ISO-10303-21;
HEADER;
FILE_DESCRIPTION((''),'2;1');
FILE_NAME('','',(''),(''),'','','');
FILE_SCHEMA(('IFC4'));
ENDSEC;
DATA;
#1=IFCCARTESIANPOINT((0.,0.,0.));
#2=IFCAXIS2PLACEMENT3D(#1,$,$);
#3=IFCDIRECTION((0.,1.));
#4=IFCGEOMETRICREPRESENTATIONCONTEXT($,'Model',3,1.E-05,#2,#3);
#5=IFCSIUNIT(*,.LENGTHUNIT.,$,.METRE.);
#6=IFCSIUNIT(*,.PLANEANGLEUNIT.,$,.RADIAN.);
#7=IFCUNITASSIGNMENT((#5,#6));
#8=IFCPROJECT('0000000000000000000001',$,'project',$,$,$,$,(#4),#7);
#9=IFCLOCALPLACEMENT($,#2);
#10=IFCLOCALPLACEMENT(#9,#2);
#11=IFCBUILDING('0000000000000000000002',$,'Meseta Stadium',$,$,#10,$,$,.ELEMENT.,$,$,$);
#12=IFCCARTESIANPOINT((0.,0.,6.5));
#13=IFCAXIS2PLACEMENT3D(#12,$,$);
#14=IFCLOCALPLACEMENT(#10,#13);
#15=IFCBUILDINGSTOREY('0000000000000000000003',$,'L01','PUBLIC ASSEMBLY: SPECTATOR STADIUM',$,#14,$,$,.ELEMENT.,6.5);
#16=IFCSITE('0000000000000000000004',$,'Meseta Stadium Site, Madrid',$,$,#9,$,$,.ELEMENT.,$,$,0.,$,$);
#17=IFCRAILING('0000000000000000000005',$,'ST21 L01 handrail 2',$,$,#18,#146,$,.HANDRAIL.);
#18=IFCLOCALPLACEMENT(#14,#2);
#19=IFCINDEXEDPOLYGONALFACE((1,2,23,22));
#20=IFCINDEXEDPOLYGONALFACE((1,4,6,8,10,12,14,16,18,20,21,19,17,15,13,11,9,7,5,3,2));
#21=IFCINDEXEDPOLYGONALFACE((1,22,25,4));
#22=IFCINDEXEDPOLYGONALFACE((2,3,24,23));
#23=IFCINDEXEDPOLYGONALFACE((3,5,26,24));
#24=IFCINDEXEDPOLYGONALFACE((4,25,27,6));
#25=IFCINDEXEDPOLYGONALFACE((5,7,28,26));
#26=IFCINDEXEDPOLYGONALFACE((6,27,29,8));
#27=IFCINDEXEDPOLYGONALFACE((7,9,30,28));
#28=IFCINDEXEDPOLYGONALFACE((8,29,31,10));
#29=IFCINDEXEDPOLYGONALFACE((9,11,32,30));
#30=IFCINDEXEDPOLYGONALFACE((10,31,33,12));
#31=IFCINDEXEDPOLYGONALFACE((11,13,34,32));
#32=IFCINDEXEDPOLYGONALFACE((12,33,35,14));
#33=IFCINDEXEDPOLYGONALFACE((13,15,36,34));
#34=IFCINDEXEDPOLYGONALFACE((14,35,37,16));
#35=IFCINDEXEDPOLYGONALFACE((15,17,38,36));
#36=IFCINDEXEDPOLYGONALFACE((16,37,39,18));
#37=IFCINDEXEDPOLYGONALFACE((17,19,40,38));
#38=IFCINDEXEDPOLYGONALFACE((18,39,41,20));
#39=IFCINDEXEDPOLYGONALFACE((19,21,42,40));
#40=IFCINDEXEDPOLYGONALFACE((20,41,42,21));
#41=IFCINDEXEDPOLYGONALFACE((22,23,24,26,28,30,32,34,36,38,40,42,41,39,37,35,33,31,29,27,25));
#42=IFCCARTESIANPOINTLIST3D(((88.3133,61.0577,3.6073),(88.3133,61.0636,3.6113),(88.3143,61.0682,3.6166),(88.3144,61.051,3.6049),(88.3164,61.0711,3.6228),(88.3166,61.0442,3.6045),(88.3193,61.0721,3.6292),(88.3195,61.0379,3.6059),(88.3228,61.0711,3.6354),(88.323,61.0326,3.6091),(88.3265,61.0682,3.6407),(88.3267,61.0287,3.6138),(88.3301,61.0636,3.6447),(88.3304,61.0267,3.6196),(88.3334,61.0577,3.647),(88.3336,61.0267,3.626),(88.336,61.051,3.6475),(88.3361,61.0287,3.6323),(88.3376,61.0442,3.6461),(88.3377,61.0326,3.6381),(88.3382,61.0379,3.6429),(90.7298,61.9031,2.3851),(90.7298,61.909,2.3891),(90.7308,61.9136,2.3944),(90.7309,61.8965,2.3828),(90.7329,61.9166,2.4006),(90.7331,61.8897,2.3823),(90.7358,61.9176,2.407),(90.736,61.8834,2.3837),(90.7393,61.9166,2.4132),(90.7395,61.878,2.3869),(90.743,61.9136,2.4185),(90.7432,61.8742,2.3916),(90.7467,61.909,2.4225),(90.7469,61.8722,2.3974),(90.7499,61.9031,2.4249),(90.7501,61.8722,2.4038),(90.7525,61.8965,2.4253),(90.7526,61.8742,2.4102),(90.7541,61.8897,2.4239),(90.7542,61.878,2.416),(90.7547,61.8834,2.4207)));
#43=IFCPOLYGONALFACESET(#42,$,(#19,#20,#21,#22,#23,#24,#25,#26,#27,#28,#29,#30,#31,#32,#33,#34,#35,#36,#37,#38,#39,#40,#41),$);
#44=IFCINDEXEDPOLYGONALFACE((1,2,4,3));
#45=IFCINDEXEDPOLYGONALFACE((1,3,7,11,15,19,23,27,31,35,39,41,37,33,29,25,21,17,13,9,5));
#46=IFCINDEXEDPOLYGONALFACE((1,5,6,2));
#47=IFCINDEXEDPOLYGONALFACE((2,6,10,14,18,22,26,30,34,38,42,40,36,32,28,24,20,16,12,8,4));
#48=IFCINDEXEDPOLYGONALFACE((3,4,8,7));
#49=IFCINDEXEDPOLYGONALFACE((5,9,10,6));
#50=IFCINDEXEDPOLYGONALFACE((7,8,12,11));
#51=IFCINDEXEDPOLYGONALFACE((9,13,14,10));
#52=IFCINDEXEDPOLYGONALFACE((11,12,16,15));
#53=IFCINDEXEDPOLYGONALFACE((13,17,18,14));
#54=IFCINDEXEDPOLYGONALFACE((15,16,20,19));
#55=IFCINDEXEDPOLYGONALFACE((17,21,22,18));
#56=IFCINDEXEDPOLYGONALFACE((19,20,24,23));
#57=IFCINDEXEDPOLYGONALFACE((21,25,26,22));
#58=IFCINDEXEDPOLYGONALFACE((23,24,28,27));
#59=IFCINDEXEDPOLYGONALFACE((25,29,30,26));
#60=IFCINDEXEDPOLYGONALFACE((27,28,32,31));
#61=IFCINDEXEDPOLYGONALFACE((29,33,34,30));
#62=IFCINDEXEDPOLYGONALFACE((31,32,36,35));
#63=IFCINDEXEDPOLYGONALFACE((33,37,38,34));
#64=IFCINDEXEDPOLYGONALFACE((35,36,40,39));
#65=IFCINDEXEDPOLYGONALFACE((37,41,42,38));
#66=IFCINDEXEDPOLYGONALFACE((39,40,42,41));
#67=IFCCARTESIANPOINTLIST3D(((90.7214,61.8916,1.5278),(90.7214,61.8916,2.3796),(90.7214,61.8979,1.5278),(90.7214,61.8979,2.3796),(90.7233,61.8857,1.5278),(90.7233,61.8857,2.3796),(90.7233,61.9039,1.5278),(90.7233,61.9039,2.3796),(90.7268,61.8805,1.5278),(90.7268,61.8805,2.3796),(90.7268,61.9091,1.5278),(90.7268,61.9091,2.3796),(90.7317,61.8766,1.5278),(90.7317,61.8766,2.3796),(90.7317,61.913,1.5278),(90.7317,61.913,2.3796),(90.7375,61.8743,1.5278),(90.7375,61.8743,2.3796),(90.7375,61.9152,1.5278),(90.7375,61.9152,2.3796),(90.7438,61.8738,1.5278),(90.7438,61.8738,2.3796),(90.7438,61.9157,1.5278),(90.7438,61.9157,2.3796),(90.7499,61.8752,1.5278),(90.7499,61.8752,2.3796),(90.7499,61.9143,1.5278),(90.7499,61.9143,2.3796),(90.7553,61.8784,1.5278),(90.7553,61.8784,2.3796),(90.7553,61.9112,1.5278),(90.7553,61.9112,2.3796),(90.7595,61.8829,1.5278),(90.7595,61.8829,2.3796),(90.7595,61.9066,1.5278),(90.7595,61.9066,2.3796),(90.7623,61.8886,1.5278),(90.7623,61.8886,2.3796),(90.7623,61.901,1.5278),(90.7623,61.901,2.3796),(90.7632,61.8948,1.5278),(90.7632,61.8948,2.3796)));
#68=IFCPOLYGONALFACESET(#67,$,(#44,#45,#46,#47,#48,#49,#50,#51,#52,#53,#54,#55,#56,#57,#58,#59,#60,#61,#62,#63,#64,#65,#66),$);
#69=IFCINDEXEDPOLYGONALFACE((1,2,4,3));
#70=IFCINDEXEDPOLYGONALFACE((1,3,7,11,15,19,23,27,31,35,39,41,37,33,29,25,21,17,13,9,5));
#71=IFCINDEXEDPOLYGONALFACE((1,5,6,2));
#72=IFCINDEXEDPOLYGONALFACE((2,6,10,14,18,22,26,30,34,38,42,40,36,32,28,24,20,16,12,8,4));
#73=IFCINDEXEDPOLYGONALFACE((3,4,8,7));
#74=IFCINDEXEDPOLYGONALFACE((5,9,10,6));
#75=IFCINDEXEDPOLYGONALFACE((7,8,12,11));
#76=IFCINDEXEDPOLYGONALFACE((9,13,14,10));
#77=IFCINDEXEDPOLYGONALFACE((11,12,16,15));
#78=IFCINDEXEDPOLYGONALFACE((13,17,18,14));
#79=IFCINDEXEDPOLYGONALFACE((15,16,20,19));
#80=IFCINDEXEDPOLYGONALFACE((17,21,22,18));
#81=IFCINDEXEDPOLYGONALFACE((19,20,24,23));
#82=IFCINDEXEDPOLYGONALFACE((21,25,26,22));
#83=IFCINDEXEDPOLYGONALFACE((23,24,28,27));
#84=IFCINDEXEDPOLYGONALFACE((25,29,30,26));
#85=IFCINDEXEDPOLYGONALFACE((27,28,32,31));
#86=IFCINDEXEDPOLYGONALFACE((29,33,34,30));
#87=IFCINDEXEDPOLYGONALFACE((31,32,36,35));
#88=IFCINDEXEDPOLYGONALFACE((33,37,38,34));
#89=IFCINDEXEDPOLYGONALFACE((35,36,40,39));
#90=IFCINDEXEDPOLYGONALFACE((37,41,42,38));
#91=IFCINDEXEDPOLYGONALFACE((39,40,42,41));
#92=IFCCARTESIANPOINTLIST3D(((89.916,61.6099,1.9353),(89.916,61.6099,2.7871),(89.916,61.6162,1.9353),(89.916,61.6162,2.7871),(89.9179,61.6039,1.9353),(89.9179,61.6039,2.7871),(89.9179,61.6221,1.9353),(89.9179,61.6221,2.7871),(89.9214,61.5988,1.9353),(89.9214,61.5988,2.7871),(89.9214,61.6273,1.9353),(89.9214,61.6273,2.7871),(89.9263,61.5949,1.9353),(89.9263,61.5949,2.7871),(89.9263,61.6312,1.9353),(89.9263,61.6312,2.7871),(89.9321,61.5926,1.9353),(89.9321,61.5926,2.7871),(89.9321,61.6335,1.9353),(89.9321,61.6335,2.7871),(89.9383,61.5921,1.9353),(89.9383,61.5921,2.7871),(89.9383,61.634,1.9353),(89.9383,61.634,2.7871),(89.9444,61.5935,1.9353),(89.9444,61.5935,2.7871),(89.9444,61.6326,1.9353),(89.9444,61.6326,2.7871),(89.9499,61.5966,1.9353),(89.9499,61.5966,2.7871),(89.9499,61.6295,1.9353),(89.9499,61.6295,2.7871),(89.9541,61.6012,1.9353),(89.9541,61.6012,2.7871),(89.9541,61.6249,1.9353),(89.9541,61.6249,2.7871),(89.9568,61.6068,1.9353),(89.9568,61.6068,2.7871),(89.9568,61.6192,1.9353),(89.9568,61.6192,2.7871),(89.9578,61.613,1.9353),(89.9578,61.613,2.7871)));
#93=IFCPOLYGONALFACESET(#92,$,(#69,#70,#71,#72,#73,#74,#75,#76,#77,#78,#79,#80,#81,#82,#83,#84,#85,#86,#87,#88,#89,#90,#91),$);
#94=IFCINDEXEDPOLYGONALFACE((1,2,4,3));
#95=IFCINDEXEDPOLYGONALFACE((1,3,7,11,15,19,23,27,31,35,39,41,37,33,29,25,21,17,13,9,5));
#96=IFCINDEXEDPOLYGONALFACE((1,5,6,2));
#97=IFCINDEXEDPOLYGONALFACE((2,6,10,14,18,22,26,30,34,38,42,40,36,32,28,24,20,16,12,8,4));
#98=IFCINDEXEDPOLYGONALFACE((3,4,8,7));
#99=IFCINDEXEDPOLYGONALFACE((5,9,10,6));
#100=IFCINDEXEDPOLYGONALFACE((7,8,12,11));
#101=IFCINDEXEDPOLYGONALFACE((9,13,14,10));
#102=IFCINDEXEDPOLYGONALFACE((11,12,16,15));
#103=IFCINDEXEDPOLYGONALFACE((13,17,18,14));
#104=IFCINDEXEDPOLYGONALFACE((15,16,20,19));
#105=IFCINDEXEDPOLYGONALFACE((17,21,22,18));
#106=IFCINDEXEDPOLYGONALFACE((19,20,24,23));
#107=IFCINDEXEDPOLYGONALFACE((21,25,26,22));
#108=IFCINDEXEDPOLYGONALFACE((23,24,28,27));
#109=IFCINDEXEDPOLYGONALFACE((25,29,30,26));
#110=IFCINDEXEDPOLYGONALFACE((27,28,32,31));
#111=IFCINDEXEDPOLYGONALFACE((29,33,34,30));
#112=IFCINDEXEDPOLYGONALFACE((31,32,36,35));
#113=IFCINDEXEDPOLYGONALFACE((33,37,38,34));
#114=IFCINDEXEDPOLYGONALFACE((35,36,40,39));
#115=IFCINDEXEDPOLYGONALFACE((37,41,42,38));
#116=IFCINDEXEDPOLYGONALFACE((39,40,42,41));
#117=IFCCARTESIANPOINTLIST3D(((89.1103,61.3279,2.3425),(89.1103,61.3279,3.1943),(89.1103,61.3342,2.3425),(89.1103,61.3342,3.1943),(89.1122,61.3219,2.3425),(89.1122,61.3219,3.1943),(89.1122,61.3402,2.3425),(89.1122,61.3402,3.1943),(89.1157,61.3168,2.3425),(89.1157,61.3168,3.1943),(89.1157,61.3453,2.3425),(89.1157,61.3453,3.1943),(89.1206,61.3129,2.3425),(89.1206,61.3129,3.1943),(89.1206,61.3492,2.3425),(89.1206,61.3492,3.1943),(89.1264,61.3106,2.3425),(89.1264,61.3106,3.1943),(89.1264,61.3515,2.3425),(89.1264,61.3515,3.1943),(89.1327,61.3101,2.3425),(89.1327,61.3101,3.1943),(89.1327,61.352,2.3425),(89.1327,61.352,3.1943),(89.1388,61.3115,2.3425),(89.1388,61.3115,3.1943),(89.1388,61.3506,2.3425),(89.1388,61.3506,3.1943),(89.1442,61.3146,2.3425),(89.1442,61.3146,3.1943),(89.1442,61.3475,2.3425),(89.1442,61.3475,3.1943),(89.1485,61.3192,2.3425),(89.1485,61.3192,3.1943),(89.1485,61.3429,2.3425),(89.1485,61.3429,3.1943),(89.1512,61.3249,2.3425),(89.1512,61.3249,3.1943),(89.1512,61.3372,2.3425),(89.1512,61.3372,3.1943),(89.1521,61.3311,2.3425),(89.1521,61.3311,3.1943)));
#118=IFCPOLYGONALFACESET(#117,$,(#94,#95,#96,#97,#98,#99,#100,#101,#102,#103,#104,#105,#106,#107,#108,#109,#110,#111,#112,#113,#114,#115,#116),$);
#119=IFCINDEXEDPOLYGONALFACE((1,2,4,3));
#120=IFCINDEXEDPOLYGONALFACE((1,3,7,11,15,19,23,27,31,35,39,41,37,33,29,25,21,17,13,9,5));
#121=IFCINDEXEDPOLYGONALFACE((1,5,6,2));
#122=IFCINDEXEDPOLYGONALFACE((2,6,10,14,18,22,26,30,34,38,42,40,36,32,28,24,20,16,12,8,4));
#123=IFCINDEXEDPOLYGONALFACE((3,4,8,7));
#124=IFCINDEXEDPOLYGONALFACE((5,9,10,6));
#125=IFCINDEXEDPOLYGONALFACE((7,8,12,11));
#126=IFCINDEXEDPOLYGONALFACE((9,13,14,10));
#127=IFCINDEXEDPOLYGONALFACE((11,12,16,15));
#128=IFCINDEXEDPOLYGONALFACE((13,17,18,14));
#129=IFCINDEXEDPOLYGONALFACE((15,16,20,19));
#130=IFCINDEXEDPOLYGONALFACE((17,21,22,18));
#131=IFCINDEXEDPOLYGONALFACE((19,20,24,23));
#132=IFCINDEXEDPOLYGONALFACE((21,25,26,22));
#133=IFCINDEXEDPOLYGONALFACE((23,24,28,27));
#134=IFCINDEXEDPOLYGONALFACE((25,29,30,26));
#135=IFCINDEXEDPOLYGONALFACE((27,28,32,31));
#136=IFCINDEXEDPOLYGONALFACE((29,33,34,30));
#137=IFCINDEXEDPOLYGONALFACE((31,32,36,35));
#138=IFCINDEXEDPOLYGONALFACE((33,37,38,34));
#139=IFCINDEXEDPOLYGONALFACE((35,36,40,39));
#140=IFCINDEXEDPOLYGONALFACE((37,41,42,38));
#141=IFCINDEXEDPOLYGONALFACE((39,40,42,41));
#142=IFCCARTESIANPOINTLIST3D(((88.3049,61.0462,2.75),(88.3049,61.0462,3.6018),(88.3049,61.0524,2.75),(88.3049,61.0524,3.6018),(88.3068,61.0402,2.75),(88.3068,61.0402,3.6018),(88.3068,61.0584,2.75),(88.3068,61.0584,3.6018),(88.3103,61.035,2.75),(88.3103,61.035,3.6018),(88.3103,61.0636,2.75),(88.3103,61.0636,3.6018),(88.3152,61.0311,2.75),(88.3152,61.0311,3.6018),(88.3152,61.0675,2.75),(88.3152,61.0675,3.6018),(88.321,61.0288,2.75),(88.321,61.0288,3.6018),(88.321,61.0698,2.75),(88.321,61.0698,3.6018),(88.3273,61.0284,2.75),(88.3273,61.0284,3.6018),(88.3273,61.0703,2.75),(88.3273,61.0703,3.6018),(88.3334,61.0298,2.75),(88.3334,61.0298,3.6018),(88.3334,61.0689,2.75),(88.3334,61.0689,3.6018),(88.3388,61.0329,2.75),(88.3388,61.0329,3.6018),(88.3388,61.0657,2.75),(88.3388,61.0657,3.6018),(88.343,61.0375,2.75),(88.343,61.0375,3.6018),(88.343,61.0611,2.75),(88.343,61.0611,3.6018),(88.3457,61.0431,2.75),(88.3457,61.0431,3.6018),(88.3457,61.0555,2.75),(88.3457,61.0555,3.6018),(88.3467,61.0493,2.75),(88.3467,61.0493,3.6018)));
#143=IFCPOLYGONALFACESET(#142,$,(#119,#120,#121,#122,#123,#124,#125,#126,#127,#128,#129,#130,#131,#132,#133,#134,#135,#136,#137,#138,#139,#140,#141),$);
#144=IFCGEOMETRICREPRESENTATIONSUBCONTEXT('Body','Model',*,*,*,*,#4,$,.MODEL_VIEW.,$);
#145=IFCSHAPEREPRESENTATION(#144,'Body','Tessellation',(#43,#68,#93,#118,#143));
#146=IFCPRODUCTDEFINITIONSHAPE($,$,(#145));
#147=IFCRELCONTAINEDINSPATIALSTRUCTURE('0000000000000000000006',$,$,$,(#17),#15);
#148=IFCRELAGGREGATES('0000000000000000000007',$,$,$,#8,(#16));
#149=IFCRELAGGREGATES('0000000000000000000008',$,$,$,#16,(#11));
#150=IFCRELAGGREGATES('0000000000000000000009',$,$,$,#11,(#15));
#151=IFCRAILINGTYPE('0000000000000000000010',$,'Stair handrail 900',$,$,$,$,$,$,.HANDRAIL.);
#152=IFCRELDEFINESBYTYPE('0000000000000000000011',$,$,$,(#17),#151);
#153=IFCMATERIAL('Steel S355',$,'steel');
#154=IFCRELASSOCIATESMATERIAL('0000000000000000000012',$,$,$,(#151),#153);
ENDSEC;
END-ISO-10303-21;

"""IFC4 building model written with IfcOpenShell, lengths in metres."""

from ifc_helpers import new_model, si_unit, direction, frame, origin, origin_2d, place, context, subcontext, project, spatial, circle, extrude, material, type_object, element, save


model = new_model("IFC4")

# Units and contexts
model_context = context("Model", 3, precision=1e-05, world=origin(), true_north=direction((0.0, 1.0)))
body_context = subcontext(model_context, "Body", "Model", "MODEL_VIEW")
ifc_project = project(units=[si_unit("LENGTHUNIT", "METRE"), si_unit("PLANEANGLEUNIT", "RADIAN")], contexts=[model_context])

# Site, building, storey
site_placement = place(None, origin())
site = spatial("IfcSite", under=ifc_project, at=site_placement, Name="Meseta Stadium Site, Madrid", CompositionType="ELEMENT", RefElevation=0.0)
building_placement = place(site_placement, origin())
building = spatial("IfcBuilding", under=site, at=building_placement, Name="Meseta Stadium", CompositionType="ELEMENT")
storey_placement = place(building_placement, frame((0.0, 0.0, 6.5)))
storey = spatial("IfcBuildingStorey", under=building, at=storey_placement, Name="L01", Description="PUBLIC ASSEMBLY: SPECTATOR STADIUM", CompositionType="ELEMENT", Elevation=6.5)

# Railing
ifc_material_1 = material(Name="Steel S355", Category="steel")
railing_type_1 = type_object("IfcRailingType", Name="Stair handrail 900", PredefinedType="HANDRAIL", material=ifc_material_1)
railing_1_placement = place(storey_placement, frame((90.7422, 61.8948, 1.5278)))
element("IfcRailing", 1, at=railing_1_placement, inside=storey, type_object=railing_type_1, Name="ST21 L01 handrail 2", PredefinedType="HANDRAIL", context=body_context, shape_type="SweptSolid", body=[
    extrude(circle(Radius=0.0239, at=origin_2d()), frame((0.0, 0.0, 0.876), z_axis=(-0.851812, -0.298022, 0.430811), x_axis=(0.33024, -0.943897, 0.0)), (0.0, 0.0, 1.0), 2.8369),
    extrude(circle(Radius=0.021, at=origin_2d()), origin(), (0.0, 0.0, 1.0), 0.8518),
    extrude(circle(Radius=0.021, at=origin_2d()), frame((-0.8054, -0.2817, 0.4075)), (0.0, 0.0, 1.0), 0.8518),
    extrude(circle(Radius=0.021, at=origin_2d()), frame((-1.6111, -0.5637, 0.8147)), (0.0, 0.0, 1.0), 0.8518),
    extrude(circle(Radius=0.021, at=origin_2d()), frame((-2.4165, -0.8455, 1.2222)), (0.0, 0.0, 1.0), 0.8518),
])

save(model, "model.ifc")
